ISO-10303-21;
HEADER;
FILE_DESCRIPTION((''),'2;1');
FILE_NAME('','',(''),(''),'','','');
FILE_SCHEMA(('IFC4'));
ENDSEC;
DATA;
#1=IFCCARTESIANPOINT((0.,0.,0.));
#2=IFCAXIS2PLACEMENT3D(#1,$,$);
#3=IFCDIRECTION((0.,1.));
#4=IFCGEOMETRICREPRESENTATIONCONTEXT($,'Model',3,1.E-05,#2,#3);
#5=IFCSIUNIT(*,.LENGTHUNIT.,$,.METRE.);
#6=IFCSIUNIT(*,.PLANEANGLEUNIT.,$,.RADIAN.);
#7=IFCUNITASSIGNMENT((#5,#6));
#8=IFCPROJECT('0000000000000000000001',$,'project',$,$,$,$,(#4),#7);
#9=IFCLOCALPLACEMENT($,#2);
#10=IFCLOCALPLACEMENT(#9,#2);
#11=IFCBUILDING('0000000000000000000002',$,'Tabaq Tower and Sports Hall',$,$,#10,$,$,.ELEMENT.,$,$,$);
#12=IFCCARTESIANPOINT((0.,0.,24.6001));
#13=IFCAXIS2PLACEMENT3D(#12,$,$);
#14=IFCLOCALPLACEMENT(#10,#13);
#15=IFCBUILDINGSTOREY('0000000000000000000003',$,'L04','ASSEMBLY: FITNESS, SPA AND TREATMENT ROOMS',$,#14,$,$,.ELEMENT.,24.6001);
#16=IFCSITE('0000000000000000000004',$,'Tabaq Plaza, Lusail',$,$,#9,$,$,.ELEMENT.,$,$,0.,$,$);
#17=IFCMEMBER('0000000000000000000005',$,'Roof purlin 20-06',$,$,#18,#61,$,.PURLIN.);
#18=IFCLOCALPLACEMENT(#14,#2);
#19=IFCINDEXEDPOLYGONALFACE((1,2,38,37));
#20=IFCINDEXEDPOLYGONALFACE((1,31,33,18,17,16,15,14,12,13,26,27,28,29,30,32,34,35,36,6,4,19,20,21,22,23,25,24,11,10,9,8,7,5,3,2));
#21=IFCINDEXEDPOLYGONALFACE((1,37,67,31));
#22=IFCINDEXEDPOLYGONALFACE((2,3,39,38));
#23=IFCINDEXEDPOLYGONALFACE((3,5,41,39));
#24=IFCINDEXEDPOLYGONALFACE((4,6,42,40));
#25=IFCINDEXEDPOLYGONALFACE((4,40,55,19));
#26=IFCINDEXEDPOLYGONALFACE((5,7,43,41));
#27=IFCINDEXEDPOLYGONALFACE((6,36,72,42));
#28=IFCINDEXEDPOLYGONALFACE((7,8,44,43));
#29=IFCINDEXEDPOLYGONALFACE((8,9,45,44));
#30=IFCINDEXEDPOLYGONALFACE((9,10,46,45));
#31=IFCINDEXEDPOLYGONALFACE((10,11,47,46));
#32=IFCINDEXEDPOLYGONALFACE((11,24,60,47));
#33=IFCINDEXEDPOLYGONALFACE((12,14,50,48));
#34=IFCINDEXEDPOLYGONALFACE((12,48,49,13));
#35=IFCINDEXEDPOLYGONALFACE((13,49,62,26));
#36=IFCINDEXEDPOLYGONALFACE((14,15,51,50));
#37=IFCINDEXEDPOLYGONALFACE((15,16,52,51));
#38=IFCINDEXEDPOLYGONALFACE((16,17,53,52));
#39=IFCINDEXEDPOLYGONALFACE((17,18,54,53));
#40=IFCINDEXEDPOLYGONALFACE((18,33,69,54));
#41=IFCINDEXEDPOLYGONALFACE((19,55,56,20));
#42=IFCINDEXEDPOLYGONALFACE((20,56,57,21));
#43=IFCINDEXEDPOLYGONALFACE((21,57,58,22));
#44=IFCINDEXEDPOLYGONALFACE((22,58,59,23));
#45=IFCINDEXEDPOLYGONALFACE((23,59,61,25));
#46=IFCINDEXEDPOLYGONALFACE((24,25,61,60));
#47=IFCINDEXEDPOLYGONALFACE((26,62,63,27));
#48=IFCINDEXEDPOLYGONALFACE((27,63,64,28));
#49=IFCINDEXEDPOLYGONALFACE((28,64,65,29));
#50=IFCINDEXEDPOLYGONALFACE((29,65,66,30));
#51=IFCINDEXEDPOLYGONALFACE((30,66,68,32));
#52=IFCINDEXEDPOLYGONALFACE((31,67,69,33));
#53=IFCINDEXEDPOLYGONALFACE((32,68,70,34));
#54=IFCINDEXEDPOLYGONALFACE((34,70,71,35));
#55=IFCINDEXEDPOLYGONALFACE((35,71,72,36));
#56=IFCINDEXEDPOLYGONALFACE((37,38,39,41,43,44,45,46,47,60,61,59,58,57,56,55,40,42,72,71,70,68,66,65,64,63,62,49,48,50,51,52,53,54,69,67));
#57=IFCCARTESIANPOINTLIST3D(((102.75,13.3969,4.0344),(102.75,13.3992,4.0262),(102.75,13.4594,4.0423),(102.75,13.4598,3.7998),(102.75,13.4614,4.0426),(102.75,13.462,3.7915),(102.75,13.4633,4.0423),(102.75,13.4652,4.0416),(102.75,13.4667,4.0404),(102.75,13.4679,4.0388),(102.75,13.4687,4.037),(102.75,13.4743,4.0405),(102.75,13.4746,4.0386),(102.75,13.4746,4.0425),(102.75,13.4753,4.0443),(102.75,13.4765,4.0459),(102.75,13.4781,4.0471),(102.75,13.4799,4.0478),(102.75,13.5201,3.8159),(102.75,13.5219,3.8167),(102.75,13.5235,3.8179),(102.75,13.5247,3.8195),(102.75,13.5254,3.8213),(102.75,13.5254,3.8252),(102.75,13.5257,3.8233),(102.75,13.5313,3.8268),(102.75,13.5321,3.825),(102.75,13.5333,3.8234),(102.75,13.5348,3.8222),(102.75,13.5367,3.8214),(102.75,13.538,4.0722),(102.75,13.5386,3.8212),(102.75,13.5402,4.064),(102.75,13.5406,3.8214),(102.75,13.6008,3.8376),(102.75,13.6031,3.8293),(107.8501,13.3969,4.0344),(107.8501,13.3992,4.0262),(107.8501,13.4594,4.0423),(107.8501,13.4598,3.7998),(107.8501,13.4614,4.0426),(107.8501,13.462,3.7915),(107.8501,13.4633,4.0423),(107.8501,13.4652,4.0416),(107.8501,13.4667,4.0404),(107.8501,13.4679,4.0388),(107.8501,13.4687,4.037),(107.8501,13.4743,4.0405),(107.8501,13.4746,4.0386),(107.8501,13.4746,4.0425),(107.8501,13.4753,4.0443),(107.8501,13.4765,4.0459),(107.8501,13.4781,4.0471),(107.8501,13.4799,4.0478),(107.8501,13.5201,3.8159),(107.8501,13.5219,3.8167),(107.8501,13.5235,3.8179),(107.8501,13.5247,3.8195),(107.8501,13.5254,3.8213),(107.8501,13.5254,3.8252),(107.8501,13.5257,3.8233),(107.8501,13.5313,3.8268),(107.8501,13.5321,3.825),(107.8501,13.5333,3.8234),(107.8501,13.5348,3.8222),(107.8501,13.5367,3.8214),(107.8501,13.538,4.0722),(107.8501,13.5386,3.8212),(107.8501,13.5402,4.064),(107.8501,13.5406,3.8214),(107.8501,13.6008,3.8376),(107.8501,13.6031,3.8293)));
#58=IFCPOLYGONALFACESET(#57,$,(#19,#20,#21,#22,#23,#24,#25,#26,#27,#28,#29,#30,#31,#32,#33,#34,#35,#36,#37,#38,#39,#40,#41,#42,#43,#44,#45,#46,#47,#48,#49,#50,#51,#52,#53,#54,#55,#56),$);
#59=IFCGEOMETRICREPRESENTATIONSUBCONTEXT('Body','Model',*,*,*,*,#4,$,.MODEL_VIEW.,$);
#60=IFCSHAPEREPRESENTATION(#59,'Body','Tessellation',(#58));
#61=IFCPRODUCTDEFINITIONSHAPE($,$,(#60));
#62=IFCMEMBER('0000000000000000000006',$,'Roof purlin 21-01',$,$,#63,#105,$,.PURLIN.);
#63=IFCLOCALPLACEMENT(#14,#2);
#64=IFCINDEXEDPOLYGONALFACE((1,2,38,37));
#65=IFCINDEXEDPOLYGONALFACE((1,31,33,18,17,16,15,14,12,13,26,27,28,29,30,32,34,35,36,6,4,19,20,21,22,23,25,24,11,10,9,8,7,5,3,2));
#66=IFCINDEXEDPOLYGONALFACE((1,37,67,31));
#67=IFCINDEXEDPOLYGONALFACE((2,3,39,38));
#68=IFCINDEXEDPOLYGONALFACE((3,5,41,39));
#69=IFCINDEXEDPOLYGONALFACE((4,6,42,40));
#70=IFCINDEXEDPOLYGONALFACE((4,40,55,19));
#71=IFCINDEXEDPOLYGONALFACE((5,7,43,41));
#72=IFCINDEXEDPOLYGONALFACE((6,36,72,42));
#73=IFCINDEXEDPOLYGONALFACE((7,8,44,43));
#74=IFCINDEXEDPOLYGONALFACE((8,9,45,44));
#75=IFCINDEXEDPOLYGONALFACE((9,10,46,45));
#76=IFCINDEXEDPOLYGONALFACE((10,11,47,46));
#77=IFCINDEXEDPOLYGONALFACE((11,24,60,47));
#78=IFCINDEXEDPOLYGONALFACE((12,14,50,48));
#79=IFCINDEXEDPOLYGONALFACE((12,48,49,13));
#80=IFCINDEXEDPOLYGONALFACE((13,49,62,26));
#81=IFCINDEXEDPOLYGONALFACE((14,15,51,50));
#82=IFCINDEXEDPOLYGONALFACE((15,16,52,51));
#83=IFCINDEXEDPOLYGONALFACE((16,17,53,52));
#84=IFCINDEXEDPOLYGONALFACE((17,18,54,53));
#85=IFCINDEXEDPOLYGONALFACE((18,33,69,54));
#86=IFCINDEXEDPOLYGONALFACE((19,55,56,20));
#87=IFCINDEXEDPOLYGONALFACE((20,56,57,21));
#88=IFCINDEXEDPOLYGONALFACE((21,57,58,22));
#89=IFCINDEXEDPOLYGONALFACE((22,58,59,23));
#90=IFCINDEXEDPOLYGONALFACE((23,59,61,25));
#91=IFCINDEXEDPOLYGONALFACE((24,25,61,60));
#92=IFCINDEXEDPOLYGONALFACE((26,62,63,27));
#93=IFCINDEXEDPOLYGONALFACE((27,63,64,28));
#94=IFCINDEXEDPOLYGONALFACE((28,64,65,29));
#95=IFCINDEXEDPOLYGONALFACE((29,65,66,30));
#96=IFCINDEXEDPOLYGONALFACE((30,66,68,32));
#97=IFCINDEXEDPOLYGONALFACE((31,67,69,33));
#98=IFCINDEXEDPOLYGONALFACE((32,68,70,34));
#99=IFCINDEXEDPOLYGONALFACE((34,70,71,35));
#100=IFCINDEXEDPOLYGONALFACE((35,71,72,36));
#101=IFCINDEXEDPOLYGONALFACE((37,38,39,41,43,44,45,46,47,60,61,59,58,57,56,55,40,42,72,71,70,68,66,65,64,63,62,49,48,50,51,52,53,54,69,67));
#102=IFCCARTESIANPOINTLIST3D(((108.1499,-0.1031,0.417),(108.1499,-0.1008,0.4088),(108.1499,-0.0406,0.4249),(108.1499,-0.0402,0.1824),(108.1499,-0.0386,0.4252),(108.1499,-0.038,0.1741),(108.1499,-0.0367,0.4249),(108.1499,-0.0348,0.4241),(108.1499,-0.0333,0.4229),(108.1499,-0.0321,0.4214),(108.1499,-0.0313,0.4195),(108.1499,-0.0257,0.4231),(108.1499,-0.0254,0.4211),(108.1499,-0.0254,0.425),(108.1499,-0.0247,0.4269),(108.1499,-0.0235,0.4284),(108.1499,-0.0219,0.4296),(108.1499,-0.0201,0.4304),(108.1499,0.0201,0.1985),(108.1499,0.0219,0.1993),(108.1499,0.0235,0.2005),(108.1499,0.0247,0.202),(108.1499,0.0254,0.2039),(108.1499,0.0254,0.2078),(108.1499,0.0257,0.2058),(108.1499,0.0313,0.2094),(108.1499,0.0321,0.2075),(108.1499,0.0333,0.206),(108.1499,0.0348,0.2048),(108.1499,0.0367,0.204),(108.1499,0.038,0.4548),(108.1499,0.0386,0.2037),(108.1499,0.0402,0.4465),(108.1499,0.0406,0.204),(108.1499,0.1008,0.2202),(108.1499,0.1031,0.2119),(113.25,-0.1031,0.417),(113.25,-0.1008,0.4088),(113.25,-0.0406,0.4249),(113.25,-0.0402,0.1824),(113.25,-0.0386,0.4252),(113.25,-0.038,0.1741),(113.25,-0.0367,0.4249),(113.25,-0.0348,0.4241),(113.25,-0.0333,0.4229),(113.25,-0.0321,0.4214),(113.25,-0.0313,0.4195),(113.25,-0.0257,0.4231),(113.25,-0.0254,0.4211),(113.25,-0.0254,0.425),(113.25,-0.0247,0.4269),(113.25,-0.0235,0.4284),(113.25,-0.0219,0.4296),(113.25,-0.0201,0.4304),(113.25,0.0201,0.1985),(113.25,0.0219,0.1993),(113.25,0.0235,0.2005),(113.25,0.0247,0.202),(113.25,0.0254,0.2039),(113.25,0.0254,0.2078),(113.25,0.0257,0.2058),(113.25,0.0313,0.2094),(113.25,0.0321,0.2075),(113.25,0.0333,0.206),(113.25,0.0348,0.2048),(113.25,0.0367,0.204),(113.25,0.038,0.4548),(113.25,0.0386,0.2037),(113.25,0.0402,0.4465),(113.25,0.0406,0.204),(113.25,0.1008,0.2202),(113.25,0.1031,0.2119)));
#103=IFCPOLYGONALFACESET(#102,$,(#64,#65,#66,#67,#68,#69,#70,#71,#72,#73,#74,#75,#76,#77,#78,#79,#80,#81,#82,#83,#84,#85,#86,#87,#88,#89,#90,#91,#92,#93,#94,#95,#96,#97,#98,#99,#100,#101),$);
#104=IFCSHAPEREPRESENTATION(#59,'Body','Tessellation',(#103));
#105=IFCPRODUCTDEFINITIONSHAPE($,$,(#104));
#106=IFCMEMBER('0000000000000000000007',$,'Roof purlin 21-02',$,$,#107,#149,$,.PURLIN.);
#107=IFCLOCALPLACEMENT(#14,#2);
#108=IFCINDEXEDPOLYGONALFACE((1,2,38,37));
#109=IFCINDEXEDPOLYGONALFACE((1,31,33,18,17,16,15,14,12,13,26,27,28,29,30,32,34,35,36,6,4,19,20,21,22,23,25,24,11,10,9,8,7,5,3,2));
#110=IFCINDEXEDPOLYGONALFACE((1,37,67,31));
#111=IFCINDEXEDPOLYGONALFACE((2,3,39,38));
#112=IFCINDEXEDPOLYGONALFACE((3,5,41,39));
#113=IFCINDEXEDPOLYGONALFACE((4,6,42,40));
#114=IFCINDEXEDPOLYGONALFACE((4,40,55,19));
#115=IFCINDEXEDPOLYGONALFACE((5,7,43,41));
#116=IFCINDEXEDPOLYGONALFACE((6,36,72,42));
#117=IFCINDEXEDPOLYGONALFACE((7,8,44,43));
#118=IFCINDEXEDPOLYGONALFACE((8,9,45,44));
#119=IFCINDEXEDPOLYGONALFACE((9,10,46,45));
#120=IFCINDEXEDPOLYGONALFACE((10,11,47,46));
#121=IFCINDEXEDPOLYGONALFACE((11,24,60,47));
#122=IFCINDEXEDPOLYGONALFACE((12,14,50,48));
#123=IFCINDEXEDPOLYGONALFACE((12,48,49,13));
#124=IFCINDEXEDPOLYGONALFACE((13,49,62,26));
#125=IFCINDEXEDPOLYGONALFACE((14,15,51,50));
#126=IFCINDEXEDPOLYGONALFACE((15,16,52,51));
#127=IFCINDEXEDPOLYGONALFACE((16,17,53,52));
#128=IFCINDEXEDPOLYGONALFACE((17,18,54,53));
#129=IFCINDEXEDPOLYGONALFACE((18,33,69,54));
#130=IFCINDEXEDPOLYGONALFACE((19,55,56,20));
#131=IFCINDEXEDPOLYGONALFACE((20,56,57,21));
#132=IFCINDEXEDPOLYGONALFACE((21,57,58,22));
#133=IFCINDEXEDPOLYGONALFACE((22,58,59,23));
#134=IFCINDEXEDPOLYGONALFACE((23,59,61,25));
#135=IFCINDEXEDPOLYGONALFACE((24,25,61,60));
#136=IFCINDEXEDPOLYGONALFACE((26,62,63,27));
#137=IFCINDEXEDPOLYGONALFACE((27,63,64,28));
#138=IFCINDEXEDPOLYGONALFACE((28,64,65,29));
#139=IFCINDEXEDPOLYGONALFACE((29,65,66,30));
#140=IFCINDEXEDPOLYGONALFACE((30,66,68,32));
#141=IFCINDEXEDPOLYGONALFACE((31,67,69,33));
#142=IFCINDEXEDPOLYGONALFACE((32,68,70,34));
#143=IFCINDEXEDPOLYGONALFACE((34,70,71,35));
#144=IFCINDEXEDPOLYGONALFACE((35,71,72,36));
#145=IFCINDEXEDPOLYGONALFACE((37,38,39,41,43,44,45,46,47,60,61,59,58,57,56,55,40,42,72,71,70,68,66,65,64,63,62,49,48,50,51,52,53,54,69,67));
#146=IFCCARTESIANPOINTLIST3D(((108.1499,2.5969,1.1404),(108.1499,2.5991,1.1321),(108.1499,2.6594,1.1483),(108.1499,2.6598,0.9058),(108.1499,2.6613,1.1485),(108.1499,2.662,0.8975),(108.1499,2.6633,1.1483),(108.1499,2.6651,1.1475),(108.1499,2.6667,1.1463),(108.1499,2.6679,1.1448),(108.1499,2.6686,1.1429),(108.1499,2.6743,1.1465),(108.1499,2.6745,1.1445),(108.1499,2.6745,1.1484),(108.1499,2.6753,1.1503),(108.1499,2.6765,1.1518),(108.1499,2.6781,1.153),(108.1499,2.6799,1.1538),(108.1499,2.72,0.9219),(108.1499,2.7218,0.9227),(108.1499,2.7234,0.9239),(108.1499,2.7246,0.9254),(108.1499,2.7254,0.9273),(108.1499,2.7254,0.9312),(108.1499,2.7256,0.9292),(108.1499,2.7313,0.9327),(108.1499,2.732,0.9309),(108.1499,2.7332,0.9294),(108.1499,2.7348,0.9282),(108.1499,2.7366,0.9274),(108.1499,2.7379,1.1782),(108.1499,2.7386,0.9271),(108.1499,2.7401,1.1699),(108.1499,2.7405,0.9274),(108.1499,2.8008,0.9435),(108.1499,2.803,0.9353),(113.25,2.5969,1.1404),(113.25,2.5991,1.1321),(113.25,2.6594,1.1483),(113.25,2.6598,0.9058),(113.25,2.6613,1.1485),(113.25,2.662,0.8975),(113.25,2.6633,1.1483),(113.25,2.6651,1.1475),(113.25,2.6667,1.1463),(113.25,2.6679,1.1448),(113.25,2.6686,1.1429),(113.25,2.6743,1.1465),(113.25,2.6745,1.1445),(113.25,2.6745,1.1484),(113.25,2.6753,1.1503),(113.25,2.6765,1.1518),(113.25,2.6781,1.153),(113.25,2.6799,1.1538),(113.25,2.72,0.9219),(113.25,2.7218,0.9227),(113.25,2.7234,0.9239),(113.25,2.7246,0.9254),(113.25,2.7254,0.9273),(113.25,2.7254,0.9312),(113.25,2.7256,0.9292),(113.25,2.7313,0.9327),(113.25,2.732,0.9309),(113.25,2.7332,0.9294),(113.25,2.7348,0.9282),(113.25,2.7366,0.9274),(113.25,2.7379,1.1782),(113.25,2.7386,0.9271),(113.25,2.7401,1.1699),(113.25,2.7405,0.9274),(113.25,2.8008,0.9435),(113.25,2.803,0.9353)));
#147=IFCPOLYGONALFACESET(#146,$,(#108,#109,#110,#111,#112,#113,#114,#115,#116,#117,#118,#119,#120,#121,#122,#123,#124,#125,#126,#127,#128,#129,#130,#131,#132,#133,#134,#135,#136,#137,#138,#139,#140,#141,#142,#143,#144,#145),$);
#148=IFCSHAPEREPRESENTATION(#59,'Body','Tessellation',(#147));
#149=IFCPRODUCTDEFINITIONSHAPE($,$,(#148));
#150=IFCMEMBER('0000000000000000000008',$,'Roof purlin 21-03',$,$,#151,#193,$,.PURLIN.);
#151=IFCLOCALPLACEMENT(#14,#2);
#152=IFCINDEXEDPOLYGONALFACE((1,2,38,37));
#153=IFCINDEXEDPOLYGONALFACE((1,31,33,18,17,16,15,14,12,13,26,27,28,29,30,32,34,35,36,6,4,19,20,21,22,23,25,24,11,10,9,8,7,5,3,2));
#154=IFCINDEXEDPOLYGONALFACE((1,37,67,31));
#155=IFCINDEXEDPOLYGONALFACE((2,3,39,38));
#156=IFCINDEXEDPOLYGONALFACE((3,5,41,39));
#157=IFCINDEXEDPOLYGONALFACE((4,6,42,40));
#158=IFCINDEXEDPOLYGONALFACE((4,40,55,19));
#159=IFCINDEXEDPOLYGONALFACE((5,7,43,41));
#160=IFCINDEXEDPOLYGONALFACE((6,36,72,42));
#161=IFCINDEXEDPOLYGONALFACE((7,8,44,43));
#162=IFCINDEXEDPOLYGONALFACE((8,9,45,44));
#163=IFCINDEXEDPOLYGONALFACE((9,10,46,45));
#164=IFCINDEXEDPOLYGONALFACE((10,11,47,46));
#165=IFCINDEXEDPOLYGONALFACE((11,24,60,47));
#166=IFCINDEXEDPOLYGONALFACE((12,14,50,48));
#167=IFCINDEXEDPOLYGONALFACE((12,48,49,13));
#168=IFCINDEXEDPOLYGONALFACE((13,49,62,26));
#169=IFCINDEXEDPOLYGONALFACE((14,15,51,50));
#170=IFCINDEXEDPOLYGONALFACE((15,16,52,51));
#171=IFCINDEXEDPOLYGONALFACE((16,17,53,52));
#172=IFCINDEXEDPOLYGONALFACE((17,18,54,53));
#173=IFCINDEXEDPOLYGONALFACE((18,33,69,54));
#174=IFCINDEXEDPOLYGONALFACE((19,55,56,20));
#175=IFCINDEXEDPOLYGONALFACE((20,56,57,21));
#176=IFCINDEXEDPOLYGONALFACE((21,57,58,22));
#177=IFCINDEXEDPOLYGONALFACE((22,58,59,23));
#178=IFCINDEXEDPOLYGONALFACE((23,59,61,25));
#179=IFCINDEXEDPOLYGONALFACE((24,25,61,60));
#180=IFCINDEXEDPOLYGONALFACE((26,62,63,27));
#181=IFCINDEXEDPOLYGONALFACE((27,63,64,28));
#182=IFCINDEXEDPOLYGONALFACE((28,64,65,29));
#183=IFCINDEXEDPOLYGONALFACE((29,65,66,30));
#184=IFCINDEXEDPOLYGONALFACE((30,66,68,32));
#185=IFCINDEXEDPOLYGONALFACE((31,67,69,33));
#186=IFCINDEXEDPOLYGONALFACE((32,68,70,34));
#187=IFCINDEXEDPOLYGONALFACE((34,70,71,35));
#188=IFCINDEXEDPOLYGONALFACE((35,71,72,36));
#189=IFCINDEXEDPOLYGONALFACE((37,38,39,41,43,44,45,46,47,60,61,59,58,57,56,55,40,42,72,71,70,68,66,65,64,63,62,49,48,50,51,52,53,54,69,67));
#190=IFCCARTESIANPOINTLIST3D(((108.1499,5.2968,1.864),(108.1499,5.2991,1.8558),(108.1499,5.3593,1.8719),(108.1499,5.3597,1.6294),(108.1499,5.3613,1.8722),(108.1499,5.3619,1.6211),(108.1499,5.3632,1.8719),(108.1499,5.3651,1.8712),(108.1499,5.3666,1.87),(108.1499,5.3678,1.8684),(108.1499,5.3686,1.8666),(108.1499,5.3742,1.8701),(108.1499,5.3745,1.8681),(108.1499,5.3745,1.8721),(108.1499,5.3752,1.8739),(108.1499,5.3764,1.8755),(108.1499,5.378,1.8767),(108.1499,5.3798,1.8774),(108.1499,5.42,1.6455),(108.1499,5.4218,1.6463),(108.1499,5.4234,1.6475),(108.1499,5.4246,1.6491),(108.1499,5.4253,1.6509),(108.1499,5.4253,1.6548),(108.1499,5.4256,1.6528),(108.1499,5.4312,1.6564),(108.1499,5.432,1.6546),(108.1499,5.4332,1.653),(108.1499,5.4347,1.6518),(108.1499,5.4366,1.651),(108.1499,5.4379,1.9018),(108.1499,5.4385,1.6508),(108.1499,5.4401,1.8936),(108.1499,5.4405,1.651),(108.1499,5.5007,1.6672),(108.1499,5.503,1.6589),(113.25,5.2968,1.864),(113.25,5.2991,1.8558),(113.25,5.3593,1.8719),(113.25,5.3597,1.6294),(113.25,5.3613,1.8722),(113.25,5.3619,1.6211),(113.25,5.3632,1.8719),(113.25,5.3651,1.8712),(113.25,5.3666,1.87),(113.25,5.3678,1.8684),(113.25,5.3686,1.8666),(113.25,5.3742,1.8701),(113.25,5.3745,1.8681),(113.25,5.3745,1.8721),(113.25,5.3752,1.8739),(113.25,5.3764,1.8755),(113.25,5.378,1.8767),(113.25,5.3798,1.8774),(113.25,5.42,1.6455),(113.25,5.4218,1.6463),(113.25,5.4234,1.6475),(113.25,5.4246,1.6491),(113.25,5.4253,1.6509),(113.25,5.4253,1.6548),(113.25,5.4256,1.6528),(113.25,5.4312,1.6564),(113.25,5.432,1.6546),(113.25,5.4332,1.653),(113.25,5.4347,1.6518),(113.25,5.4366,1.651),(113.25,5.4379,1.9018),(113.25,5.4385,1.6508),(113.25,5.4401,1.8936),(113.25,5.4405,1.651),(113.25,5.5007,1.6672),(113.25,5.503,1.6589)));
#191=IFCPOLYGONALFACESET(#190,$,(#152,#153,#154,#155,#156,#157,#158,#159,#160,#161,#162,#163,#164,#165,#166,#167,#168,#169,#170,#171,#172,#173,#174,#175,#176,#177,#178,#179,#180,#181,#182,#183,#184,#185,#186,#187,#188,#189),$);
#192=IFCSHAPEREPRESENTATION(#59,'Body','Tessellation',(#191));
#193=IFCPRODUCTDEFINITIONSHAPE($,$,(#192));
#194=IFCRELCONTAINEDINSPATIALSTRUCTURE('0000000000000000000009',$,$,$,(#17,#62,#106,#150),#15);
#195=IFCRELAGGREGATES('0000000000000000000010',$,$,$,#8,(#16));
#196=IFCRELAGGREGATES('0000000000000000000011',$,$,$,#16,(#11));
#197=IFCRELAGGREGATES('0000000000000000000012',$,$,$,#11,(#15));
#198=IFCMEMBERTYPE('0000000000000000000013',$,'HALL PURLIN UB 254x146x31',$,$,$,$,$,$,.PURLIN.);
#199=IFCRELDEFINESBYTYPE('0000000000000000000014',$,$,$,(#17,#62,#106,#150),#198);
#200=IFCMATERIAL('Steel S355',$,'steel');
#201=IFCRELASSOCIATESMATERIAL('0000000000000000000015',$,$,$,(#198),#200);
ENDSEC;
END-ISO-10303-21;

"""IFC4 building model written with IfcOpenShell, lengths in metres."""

from ifc_helpers import new_model, si_unit, direction, frame, origin, origin_2d, place, context, subcontext, project, spatial, i_section, extrude, material, material_profile, profile_set, type_object, element, save


model = new_model("IFC4")

# Units and contexts
model_context = context("Model", 3, precision=1e-05, world=origin(), true_north=direction((0.0, 1.0)))
body_context = subcontext(model_context, "Body", "Model", "MODEL_VIEW")
ifc_project = project(units=[si_unit("LENGTHUNIT", "METRE"), si_unit("PLANEANGLEUNIT", "RADIAN")], contexts=[model_context])

# Site, building, storey
site_placement = place(None, origin())
site = spatial("IfcSite", under=ifc_project, at=site_placement, Name="Tabaq Plaza, Lusail", CompositionType="ELEMENT", RefElevation=0.0)
building_placement = place(site_placement, origin())
building = spatial("IfcBuilding", under=site, at=building_placement, Name="Tabaq Tower and Sports Hall", CompositionType="ELEMENT")
storey_placement = place(building_placement, frame((0.0, 0.0, 24.6001)))
storey = spatial("IfcBuildingStorey", under=building, at=storey_placement, Name="L04", Description="ASSEMBLY: FITNESS, SPA AND TREATMENT ROOMS", CompositionType="ELEMENT", Elevation=24.6001)

# Members
ifc_material_1 = material(Name="Steel S355", Category="steel")
ifc_material_profile_1 = material_profile(ifc_material_1, i_section(OverallWidth=0.146, OverallDepth=0.2515, WebThickness=0.0061, FlangeThickness=0.0085, FilletRadius=0.0076, at=origin_2d()), Name="UB 254x146x31")
ifc_profile_set_1 = profile_set([ifc_material_profile_1], Name="Steel S355")
member_type_1 = type_object("IfcMemberType", Name="HALL PURLIN UB 254x146x31", PredefinedType="PURLIN", material=ifc_profile_set_1)
for number, where, z_axis, x_axis, name in (
    (1, (102.75, 13.5, 3.9319), (1.0, 0.0, 0.0), (0.0, 0.965926, 0.258819), "Roof purlin 20-06"),
    (2, (108.1499, 0.0, 0.3145), (1.0, 0.0, 0.0), (0.0, 0.965926, 0.258819), "Roof purlin 21-01"),
    (3, (108.1499, 2.7, 1.0378), (1.0, 0.0, 0.0), (0.0, 0.965926, 0.258819), "Roof purlin 21-02"),
    (4, (108.1499, 5.3999, 1.7615), (1.0, 0.0, 0.0), (0.0, 0.965926, 0.258819), "Roof purlin 21-03"),
):
    element("IfcMember", number, at=place(storey_placement, frame(where, z_axis=z_axis, x_axis=x_axis)), inside=storey, type_object=member_type_1, Name=name, PredefinedType="PURLIN", context=body_context, shape_type="SweptSolid", body=[
        extrude(i_section(OverallWidth=0.146, OverallDepth=0.2515, WebThickness=0.0061, FlangeThickness=0.0085, FilletRadius=0.0076, at=origin_2d()), origin(), (0.0, 0.0, 1.0), 5.1001),
    ])

save(model, "model.ifc")
